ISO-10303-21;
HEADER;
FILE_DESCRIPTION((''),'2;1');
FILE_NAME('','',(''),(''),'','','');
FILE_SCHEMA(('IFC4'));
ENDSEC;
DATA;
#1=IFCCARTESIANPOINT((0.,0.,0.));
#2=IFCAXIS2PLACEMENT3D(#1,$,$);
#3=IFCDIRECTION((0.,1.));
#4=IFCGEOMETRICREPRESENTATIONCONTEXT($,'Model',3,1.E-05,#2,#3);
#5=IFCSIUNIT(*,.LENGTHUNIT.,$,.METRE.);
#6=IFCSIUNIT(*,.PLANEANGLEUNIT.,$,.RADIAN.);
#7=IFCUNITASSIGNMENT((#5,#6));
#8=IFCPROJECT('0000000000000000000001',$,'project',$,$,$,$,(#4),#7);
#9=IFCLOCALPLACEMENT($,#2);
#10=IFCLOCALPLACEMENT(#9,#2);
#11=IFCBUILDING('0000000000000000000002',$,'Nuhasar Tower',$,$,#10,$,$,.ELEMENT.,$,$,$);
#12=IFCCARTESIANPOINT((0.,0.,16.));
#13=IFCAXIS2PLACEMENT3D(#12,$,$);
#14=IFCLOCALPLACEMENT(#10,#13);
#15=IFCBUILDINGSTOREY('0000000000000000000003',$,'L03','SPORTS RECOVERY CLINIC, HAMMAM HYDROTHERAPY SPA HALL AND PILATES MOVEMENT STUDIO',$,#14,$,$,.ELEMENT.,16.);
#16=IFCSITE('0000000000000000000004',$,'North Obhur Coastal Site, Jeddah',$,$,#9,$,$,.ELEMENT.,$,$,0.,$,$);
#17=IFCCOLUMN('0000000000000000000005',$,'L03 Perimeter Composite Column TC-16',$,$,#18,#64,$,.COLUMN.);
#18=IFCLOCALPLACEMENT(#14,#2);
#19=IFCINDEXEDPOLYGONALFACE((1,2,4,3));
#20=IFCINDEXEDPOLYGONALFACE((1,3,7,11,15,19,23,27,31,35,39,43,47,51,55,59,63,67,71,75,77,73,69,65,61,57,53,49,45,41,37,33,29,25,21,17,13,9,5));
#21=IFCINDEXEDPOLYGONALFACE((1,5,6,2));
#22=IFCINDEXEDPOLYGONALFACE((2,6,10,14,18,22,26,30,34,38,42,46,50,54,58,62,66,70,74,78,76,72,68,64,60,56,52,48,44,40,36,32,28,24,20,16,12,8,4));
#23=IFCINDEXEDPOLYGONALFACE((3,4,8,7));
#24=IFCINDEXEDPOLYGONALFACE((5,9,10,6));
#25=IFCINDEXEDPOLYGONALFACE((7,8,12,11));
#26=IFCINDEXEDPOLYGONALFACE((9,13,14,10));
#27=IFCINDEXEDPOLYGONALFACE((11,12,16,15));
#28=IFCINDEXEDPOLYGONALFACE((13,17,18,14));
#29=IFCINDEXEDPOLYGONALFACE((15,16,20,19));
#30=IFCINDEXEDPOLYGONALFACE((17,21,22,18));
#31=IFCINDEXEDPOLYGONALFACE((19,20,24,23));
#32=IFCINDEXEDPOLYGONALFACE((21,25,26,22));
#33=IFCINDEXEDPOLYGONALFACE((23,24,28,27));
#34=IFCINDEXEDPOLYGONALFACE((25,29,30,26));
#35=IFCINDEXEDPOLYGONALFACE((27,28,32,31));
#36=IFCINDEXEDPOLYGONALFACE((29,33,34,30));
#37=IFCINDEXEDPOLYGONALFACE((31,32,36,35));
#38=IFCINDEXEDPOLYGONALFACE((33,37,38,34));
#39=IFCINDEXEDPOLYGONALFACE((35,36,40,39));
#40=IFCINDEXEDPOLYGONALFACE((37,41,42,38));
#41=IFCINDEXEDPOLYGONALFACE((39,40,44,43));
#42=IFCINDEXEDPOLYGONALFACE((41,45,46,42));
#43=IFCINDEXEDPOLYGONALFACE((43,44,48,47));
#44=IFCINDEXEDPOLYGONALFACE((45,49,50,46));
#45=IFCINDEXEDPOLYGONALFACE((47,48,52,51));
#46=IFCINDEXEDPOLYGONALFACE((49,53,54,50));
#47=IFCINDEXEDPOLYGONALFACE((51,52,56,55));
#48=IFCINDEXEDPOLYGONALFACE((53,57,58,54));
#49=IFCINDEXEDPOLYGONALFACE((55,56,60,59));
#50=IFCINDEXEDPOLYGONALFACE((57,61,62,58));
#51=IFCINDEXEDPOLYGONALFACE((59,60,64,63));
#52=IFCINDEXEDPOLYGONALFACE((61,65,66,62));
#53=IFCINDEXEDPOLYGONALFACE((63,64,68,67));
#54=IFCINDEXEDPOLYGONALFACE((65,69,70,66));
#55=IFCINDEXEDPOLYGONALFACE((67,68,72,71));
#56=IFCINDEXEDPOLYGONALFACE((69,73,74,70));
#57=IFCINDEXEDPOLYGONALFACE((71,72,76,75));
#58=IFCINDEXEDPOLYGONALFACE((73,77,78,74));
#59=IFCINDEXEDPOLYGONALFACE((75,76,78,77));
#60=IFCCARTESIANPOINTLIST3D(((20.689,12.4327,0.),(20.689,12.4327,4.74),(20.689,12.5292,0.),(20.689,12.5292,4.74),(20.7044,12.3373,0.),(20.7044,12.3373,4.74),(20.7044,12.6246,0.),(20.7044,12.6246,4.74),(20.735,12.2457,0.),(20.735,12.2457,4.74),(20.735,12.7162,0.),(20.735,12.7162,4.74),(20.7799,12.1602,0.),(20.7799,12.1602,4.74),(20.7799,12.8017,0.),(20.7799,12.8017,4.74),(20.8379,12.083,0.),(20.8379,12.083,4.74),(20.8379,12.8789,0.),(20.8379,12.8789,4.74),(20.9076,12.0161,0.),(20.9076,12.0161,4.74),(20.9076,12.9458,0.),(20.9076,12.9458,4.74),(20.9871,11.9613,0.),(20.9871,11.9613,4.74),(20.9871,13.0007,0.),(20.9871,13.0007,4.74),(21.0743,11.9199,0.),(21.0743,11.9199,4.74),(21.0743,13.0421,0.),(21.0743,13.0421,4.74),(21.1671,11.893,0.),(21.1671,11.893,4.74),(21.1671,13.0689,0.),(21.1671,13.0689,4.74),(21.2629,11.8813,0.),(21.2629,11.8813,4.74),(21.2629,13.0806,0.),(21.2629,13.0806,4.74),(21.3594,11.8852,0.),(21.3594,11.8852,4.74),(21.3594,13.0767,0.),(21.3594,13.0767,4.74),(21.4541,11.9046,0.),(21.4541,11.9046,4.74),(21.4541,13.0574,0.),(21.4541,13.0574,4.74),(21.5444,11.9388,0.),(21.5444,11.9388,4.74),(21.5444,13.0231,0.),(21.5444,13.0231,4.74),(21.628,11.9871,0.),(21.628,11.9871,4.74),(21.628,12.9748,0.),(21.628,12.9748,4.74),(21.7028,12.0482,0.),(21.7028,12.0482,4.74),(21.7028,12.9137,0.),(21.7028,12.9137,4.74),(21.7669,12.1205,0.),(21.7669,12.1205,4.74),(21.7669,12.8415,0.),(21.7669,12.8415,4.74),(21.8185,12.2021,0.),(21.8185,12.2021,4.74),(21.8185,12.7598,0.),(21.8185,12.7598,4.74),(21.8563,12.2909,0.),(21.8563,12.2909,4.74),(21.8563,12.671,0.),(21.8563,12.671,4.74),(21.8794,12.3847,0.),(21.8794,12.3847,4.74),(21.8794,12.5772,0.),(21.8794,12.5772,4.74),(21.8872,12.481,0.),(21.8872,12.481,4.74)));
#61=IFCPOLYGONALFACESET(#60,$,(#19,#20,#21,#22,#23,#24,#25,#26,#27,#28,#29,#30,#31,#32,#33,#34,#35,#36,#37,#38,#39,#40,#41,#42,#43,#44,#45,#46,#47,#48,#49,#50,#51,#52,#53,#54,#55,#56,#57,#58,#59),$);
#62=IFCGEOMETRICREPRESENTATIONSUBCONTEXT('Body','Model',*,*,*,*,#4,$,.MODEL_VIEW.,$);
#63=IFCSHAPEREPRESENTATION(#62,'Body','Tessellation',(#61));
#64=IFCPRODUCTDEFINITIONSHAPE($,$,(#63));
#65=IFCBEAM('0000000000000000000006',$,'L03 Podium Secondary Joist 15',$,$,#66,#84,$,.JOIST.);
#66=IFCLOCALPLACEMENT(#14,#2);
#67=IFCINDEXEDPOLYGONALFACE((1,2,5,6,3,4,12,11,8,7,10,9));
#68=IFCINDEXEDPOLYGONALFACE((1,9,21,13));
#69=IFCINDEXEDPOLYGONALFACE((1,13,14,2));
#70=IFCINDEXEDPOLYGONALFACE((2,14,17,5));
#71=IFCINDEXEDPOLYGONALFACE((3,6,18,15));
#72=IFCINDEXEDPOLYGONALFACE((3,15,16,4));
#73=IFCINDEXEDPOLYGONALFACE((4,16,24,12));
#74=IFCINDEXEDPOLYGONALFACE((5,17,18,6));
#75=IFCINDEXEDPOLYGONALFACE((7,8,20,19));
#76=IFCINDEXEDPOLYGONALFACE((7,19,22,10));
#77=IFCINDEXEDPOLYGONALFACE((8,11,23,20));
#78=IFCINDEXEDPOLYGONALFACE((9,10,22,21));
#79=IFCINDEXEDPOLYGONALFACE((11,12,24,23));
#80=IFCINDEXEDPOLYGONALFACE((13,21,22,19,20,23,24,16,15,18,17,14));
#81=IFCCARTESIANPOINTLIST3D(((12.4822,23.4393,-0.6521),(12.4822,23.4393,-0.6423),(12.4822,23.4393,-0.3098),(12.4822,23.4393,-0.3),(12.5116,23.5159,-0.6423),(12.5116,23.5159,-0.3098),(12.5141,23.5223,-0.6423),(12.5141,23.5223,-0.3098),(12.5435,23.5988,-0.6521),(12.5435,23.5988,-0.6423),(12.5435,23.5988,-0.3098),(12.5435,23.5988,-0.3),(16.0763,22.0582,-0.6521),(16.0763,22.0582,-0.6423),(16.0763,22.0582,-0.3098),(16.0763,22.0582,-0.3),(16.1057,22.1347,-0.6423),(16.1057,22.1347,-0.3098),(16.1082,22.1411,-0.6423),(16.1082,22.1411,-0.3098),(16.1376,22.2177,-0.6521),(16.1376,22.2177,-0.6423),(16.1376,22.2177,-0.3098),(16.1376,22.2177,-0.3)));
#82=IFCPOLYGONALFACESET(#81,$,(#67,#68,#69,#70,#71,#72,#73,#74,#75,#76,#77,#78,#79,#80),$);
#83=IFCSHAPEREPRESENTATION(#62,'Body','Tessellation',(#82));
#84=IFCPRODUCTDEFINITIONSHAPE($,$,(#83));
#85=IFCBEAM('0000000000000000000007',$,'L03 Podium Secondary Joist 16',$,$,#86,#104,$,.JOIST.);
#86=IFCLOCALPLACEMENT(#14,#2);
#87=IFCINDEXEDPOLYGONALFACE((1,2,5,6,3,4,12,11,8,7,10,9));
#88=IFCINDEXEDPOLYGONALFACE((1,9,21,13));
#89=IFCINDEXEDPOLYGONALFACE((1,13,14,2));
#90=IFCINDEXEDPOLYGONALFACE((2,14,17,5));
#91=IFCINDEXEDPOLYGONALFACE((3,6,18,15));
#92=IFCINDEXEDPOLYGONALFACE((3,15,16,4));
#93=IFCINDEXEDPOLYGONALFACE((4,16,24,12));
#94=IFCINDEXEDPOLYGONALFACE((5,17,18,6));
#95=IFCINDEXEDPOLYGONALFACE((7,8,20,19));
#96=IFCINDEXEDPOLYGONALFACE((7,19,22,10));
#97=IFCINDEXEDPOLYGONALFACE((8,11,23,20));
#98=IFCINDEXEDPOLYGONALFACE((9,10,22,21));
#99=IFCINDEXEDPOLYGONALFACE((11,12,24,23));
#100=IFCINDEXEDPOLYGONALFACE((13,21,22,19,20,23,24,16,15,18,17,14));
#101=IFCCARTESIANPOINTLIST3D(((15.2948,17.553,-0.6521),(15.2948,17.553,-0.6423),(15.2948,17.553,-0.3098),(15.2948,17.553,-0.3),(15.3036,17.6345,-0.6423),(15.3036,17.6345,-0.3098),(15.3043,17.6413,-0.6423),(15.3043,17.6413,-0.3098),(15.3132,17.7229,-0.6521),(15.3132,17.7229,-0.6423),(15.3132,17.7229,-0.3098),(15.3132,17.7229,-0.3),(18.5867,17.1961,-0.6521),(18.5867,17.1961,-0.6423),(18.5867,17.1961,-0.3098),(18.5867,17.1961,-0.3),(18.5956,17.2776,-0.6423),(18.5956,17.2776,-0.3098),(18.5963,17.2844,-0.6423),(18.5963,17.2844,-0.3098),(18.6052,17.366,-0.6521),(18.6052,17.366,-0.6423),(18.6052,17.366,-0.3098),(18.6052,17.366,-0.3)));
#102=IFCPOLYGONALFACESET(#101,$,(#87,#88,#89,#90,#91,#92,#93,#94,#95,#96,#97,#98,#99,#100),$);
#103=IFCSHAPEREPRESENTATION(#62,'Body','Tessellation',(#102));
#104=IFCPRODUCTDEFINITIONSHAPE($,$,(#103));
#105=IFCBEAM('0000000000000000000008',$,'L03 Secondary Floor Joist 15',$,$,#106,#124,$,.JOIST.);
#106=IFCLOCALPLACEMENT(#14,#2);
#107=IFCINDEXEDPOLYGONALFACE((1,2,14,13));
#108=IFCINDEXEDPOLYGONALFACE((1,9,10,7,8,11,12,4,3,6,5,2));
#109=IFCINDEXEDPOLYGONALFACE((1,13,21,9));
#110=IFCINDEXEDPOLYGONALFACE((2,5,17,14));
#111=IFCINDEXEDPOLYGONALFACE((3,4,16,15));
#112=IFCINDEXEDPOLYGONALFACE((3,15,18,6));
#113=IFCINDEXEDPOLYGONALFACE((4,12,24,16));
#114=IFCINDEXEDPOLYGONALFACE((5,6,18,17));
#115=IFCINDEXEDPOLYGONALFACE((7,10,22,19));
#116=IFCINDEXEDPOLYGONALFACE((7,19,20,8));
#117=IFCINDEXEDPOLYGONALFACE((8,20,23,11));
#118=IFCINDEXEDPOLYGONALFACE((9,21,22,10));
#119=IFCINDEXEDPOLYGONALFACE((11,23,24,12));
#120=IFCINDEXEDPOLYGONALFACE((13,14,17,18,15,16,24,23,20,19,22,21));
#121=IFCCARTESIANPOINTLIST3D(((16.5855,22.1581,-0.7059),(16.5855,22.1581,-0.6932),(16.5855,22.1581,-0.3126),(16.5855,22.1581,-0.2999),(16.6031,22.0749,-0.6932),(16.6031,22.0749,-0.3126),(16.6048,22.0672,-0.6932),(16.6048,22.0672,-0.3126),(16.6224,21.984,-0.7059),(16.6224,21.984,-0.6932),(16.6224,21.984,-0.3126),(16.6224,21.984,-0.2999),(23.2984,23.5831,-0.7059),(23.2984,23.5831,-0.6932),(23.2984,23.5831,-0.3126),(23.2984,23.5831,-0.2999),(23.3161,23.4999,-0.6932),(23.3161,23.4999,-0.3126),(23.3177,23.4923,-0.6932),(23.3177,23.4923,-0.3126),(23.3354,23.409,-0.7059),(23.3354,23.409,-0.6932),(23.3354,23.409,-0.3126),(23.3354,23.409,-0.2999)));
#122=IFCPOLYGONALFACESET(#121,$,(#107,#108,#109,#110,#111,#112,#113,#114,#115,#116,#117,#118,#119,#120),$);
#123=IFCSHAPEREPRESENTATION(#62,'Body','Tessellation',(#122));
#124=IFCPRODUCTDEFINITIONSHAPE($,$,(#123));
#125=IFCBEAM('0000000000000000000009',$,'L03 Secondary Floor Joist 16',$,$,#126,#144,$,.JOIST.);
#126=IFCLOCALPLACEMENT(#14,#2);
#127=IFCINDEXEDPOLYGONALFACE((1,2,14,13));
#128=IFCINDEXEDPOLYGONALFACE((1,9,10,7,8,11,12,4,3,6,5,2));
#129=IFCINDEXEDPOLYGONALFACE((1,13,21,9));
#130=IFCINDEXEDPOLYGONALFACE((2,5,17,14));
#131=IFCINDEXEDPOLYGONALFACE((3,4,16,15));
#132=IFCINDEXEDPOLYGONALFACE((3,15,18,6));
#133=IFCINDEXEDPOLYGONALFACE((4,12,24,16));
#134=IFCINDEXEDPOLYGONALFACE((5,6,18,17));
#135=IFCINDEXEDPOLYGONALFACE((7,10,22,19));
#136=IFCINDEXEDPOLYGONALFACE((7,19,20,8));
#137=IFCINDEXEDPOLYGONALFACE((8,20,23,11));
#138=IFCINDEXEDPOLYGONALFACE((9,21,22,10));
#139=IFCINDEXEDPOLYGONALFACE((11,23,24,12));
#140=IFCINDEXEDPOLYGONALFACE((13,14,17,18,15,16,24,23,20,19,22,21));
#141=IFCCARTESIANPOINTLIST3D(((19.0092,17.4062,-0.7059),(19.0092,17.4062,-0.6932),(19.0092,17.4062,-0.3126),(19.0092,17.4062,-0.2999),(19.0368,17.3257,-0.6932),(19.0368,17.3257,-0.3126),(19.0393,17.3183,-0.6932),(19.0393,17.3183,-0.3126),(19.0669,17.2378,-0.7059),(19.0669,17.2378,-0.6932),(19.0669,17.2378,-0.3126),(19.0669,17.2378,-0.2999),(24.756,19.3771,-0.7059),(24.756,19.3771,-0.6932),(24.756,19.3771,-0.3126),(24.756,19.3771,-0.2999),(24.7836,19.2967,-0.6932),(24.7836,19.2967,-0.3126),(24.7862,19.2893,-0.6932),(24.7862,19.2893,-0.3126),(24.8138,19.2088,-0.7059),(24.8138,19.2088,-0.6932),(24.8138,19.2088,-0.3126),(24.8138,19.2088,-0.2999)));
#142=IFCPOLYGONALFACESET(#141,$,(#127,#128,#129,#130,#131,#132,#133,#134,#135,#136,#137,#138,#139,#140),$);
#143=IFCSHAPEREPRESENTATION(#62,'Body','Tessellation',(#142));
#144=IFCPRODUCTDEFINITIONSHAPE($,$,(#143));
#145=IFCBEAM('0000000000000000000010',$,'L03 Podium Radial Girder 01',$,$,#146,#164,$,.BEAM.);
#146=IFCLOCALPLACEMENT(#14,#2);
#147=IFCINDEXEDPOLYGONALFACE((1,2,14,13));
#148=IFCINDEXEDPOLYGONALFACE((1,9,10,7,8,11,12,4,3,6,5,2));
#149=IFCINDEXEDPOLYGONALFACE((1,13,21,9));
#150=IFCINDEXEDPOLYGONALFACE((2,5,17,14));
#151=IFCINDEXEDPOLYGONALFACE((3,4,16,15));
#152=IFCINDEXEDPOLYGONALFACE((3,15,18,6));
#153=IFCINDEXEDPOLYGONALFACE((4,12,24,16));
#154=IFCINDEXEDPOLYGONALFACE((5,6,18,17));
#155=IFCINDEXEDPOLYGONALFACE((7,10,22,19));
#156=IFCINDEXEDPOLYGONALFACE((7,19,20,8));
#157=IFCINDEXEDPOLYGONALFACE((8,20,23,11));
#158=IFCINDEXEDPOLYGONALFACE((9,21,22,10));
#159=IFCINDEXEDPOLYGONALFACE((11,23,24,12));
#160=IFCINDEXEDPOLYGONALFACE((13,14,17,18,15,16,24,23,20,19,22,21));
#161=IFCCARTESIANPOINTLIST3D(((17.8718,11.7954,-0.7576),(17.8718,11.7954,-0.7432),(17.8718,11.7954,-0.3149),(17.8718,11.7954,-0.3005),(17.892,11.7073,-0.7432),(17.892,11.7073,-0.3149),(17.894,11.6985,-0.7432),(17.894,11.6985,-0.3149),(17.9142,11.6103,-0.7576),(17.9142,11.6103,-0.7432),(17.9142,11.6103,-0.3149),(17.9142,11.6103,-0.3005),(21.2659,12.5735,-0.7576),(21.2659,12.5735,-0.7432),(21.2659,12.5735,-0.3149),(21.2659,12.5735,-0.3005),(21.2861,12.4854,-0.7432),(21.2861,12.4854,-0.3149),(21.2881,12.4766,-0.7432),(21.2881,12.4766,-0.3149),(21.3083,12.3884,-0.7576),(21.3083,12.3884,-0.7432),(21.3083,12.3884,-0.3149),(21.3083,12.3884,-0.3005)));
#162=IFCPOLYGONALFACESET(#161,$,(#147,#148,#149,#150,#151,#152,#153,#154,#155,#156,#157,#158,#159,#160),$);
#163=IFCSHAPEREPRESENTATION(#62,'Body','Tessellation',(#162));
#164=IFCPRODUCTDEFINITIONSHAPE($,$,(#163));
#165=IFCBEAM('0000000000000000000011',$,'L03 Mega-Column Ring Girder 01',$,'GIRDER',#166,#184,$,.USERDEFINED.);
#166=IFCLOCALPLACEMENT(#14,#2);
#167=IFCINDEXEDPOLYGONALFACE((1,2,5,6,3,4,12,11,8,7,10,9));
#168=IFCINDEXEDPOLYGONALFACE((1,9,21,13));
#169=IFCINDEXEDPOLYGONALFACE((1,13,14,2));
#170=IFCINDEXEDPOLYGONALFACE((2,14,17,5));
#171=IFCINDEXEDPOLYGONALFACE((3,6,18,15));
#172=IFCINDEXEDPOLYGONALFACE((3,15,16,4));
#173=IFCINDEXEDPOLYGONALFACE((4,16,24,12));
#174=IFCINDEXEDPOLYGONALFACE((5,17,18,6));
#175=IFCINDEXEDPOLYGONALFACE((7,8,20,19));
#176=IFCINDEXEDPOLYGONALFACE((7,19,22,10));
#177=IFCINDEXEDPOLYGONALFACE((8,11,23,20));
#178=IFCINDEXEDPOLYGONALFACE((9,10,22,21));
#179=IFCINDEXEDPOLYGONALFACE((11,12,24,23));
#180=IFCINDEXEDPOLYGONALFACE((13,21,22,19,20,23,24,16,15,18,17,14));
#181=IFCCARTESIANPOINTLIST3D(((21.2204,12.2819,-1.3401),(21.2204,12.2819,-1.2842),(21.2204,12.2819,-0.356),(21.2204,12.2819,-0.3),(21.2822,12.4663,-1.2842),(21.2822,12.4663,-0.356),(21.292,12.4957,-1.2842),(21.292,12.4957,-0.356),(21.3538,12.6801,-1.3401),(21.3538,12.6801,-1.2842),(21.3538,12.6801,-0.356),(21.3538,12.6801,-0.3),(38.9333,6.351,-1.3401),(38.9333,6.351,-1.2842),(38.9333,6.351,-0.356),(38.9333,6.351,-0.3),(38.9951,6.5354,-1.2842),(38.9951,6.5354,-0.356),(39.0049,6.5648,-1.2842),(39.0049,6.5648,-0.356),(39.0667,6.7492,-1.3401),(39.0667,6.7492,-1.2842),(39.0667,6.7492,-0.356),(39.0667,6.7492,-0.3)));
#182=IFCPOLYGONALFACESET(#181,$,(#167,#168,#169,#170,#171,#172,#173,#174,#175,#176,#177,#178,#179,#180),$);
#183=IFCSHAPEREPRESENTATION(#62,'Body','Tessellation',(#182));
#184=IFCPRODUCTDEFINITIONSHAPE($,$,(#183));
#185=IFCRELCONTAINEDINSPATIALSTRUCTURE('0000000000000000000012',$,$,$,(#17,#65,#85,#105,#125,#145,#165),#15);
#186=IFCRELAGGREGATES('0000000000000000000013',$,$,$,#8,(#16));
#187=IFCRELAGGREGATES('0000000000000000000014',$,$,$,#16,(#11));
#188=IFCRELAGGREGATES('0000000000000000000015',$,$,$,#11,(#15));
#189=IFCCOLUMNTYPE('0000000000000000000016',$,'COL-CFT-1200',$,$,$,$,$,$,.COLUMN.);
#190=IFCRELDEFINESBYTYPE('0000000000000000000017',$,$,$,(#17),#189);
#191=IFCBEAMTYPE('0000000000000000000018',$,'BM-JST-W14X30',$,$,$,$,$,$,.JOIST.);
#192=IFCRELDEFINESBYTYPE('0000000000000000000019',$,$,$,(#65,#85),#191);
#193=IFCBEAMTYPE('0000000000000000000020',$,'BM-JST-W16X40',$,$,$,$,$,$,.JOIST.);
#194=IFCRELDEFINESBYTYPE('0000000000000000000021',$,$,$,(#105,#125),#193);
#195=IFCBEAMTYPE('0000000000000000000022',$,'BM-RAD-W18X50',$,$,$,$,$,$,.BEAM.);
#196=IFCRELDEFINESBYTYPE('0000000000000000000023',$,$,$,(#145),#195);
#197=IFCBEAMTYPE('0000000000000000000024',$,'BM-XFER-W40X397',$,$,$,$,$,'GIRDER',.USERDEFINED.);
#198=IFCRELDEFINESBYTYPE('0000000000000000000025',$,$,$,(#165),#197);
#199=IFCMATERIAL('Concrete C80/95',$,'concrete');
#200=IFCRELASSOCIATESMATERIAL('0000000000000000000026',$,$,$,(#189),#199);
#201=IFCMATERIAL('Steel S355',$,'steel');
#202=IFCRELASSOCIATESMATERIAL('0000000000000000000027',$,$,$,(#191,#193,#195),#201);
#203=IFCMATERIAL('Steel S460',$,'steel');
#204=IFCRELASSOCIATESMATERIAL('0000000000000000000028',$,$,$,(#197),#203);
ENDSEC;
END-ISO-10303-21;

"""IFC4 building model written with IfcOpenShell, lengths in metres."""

from ifc_helpers import new_model, si_unit, direction, frame, origin, origin_2d, place, context, subcontext, project, spatial, circle, i_section, extrude, material, material_profile, profile_set, type_object, element, save


model = new_model("IFC4")

# Units and contexts
model_context = context("Model", 3, precision=1e-05, world=origin(), true_north=direction((0.0, 1.0)))
body_context = subcontext(model_context, "Body", "Model", "MODEL_VIEW")
ifc_project = project(units=[si_unit("LENGTHUNIT", "METRE"), si_unit("PLANEANGLEUNIT", "RADIAN")], contexts=[model_context])

# Site, building, storey
site_placement = place(None, origin())
site = spatial("IfcSite", under=ifc_project, at=site_placement, Name="North Obhur Coastal Site, Jeddah", CompositionType="ELEMENT", RefElevation=0.0)
building_placement = place(site_placement, origin())
building = spatial("IfcBuilding", under=site, at=building_placement, Name="Nuhasar Tower", CompositionType="ELEMENT")
storey_placement = place(building_placement, frame((0.0, 0.0, 16.0)))
storey = spatial("IfcBuildingStorey", under=building, at=storey_placement, Name="L03", Description="SPORTS RECOVERY CLINIC, HAMMAM HYDROTHERAPY SPA HALL AND PILATES MOVEMENT STUDIO", CompositionType="ELEMENT", Elevation=16.0)

# Column
ifc_material_1 = material(Name="Concrete C80/95", Category="concrete")
ifc_material_profile_1 = material_profile(ifc_material_1, circle(Radius=0.6001, at=origin_2d()), Name="CFT1200")
ifc_profile_set_1 = profile_set([ifc_material_profile_1], Name="Concrete C80/95")
column_type = type_object("IfcColumnType", Name="COL-CFT-1200", PredefinedType="COLUMN", material=ifc_profile_set_1)
column_placement = place(storey_placement, frame((21.2871, 12.481, 0.0), z_axis=(0.0, 0.0, 1.0), x_axis=(1.0, 0.0, 0.0)))
element("IfcColumn", 1, at=column_placement, inside=storey, type_object=column_type, Name="L03 Perimeter Composite Column TC-16", PredefinedType="COLUMN", context=body_context, shape_type="SweptSolid", body=[
    extrude(circle(Radius=0.6001, at=origin_2d()), origin(), (0.0, 0.0, 1.0), 4.74),
])

# Beams
ifc_material_2 = material(Name="Steel S355", Category="steel")
ifc_material_profile_2 = material_profile(ifc_material_2, i_section(OverallWidth=0.1709, OverallDepth=0.3521, WebThickness=0.0068, FlangeThickness=0.0098, at=origin_2d()), Name="W14X30")
ifc_profile_set_2 = profile_set([ifc_material_profile_2], Name="Steel S355")
beam_type_1 = type_object("IfcBeamType", Name="BM-JST-W14X30", PredefinedType="JOIST", material=ifc_profile_set_2)
beam_1_placement = place(storey_placement, frame((16.1069, 22.1379, -0.4761), z_axis=(-0.93345, 0.358707, 0.0), x_axis=(-0.358707, -0.93345, 0.0)))
element("IfcBeam", 2, at=beam_1_placement, inside=storey, type_object=beam_type_1, Name="L03 Podium Secondary Joist 15", PredefinedType="JOIST", context=body_context, shape_type="SweptSolid", body=[
    extrude(i_section(OverallWidth=0.1709, OverallDepth=0.3521, WebThickness=0.0068, FlangeThickness=0.0098, at=origin_2d()), origin(), (0.0, 0.0, 1.0), 3.8503),
])
beam_2_placement = place(storey_placement, frame((18.5959, 17.281, -0.4761), z_axis=(-0.994173, 0.107793, 0.0), x_axis=(-0.107793, -0.994173, 0.0)))
element("IfcBeam", 3, at=beam_2_placement, inside=storey, type_object=beam_type_1, Name="L03 Podium Secondary Joist 16", PredefinedType="JOIST", context=body_context, shape_type="SweptSolid", body=[
    extrude(i_section(OverallWidth=0.1709, OverallDepth=0.3521, WebThickness=0.0068, FlangeThickness=0.0098, at=origin_2d()), origin(), (0.0, 0.0, 1.0), 3.3113),
])
ifc_material_profile_3 = material_profile(ifc_material_2, i_section(OverallWidth=0.178, OverallDepth=0.406, WebThickness=0.0078, FlangeThickness=0.0127, at=origin_2d()), Name="W16X40")
ifc_profile_set_3 = profile_set([ifc_material_profile_3], Name="Steel S355")
beam_type_2 = type_object("IfcBeamType", Name="BM-JST-W16X40", PredefinedType="JOIST", material=ifc_profile_set_3)
beam_3_placement = place(storey_placement, frame((23.3169, 23.4961, -0.5029), z_axis=(-0.978202, -0.207658, 0.0), x_axis=(0.207658, -0.978202, 0.0)))
element("IfcBeam", 4, at=beam_3_placement, inside=storey, type_object=beam_type_2, Name="L03 Secondary Floor Joist 15", PredefinedType="JOIST", context=body_context, shape_type="SweptSolid", body=[
    extrude(i_section(OverallWidth=0.178, OverallDepth=0.406, WebThickness=0.0078, FlangeThickness=0.0127, at=origin_2d()), origin(), (0.0, 0.0, 1.0), 6.8625),
])
beam_4_placement = place(storey_placement, frame((24.7849, 19.293, -0.5029), z_axis=(-0.945915, -0.324414, 0.0), x_axis=(0.324414, -0.945915, 0.0)))
element("IfcBeam", 5, at=beam_4_placement, inside=storey, type_object=beam_type_2, Name="L03 Secondary Floor Joist 16", PredefinedType="JOIST", context=body_context, shape_type="SweptSolid", body=[
    extrude(i_section(OverallWidth=0.178, OverallDepth=0.406, WebThickness=0.0078, FlangeThickness=0.0127, at=origin_2d()), origin(), (0.0, 0.0, 1.0), 6.0754),
])
ifc_material_profile_4 = material_profile(ifc_material_2, i_section(OverallWidth=0.1899, OverallDepth=0.457, WebThickness=0.009, FlangeThickness=0.0144, at=origin_2d()), Name="W18X50")
ifc_profile_set_4 = profile_set([ifc_material_profile_4], Name="Steel S355")
beam_type_3 = type_object("IfcBeamType", Name="BM-RAD-W18X50", PredefinedType="BEAM", material=ifc_profile_set_4)
beam_5_placement = place(storey_placement, frame((21.2871, 12.481, -0.5291), z_axis=(-0.974715, -0.223451, 0.0), x_axis=(0.223451, -0.974715, 0.0)))
element("IfcBeam", 6, at=beam_5_placement, inside=storey, type_object=beam_type_3, Name="L03 Podium Radial Girder 01", PredefinedType="BEAM", context=body_context, shape_type="SweptSolid", body=[
    extrude(i_section(OverallWidth=0.1899, OverallDepth=0.457, WebThickness=0.009, FlangeThickness=0.0144, at=origin_2d()), origin(), (0.0, 0.0, 1.0), 3.4822),
])
ifc_material_3 = material(Name="Steel S460", Category="steel")
ifc_material_profile_5 = material_profile(ifc_material_3, i_section(OverallWidth=0.4199, OverallDepth=1.04, WebThickness=0.031, FlangeThickness=0.0559, at=origin_2d()), Name="W40X397")
ifc_profile_set_5 = profile_set([ifc_material_profile_5], Name="Steel S460")
beam_type_4 = type_object("IfcBeamType", Name="BM-XFER-W40X397", ElementType="GIRDER", PredefinedType="USERDEFINED", material=ifc_profile_set_5)
beam_6_placement = place(storey_placement, frame((21.2871, 12.481, -0.8201), z_axis=(0.948255, -0.31751, 0.0), x_axis=(0.31751, 0.948255, 0.0)))
element("IfcBeam", 7, at=beam_6_placement, inside=storey, type_object=beam_type_4, Name="L03 Mega-Column Ring Girder 01", ObjectType="GIRDER", PredefinedType="USERDEFINED", context=body_context, shape_type="SweptSolid", body=[
    extrude(i_section(OverallWidth=0.4199, OverallDepth=1.04, WebThickness=0.031, FlangeThickness=0.0559, at=origin_2d()), origin(), (0.0, 0.0, 1.0), 18.6794),
])

save(model, "model.ifc")
